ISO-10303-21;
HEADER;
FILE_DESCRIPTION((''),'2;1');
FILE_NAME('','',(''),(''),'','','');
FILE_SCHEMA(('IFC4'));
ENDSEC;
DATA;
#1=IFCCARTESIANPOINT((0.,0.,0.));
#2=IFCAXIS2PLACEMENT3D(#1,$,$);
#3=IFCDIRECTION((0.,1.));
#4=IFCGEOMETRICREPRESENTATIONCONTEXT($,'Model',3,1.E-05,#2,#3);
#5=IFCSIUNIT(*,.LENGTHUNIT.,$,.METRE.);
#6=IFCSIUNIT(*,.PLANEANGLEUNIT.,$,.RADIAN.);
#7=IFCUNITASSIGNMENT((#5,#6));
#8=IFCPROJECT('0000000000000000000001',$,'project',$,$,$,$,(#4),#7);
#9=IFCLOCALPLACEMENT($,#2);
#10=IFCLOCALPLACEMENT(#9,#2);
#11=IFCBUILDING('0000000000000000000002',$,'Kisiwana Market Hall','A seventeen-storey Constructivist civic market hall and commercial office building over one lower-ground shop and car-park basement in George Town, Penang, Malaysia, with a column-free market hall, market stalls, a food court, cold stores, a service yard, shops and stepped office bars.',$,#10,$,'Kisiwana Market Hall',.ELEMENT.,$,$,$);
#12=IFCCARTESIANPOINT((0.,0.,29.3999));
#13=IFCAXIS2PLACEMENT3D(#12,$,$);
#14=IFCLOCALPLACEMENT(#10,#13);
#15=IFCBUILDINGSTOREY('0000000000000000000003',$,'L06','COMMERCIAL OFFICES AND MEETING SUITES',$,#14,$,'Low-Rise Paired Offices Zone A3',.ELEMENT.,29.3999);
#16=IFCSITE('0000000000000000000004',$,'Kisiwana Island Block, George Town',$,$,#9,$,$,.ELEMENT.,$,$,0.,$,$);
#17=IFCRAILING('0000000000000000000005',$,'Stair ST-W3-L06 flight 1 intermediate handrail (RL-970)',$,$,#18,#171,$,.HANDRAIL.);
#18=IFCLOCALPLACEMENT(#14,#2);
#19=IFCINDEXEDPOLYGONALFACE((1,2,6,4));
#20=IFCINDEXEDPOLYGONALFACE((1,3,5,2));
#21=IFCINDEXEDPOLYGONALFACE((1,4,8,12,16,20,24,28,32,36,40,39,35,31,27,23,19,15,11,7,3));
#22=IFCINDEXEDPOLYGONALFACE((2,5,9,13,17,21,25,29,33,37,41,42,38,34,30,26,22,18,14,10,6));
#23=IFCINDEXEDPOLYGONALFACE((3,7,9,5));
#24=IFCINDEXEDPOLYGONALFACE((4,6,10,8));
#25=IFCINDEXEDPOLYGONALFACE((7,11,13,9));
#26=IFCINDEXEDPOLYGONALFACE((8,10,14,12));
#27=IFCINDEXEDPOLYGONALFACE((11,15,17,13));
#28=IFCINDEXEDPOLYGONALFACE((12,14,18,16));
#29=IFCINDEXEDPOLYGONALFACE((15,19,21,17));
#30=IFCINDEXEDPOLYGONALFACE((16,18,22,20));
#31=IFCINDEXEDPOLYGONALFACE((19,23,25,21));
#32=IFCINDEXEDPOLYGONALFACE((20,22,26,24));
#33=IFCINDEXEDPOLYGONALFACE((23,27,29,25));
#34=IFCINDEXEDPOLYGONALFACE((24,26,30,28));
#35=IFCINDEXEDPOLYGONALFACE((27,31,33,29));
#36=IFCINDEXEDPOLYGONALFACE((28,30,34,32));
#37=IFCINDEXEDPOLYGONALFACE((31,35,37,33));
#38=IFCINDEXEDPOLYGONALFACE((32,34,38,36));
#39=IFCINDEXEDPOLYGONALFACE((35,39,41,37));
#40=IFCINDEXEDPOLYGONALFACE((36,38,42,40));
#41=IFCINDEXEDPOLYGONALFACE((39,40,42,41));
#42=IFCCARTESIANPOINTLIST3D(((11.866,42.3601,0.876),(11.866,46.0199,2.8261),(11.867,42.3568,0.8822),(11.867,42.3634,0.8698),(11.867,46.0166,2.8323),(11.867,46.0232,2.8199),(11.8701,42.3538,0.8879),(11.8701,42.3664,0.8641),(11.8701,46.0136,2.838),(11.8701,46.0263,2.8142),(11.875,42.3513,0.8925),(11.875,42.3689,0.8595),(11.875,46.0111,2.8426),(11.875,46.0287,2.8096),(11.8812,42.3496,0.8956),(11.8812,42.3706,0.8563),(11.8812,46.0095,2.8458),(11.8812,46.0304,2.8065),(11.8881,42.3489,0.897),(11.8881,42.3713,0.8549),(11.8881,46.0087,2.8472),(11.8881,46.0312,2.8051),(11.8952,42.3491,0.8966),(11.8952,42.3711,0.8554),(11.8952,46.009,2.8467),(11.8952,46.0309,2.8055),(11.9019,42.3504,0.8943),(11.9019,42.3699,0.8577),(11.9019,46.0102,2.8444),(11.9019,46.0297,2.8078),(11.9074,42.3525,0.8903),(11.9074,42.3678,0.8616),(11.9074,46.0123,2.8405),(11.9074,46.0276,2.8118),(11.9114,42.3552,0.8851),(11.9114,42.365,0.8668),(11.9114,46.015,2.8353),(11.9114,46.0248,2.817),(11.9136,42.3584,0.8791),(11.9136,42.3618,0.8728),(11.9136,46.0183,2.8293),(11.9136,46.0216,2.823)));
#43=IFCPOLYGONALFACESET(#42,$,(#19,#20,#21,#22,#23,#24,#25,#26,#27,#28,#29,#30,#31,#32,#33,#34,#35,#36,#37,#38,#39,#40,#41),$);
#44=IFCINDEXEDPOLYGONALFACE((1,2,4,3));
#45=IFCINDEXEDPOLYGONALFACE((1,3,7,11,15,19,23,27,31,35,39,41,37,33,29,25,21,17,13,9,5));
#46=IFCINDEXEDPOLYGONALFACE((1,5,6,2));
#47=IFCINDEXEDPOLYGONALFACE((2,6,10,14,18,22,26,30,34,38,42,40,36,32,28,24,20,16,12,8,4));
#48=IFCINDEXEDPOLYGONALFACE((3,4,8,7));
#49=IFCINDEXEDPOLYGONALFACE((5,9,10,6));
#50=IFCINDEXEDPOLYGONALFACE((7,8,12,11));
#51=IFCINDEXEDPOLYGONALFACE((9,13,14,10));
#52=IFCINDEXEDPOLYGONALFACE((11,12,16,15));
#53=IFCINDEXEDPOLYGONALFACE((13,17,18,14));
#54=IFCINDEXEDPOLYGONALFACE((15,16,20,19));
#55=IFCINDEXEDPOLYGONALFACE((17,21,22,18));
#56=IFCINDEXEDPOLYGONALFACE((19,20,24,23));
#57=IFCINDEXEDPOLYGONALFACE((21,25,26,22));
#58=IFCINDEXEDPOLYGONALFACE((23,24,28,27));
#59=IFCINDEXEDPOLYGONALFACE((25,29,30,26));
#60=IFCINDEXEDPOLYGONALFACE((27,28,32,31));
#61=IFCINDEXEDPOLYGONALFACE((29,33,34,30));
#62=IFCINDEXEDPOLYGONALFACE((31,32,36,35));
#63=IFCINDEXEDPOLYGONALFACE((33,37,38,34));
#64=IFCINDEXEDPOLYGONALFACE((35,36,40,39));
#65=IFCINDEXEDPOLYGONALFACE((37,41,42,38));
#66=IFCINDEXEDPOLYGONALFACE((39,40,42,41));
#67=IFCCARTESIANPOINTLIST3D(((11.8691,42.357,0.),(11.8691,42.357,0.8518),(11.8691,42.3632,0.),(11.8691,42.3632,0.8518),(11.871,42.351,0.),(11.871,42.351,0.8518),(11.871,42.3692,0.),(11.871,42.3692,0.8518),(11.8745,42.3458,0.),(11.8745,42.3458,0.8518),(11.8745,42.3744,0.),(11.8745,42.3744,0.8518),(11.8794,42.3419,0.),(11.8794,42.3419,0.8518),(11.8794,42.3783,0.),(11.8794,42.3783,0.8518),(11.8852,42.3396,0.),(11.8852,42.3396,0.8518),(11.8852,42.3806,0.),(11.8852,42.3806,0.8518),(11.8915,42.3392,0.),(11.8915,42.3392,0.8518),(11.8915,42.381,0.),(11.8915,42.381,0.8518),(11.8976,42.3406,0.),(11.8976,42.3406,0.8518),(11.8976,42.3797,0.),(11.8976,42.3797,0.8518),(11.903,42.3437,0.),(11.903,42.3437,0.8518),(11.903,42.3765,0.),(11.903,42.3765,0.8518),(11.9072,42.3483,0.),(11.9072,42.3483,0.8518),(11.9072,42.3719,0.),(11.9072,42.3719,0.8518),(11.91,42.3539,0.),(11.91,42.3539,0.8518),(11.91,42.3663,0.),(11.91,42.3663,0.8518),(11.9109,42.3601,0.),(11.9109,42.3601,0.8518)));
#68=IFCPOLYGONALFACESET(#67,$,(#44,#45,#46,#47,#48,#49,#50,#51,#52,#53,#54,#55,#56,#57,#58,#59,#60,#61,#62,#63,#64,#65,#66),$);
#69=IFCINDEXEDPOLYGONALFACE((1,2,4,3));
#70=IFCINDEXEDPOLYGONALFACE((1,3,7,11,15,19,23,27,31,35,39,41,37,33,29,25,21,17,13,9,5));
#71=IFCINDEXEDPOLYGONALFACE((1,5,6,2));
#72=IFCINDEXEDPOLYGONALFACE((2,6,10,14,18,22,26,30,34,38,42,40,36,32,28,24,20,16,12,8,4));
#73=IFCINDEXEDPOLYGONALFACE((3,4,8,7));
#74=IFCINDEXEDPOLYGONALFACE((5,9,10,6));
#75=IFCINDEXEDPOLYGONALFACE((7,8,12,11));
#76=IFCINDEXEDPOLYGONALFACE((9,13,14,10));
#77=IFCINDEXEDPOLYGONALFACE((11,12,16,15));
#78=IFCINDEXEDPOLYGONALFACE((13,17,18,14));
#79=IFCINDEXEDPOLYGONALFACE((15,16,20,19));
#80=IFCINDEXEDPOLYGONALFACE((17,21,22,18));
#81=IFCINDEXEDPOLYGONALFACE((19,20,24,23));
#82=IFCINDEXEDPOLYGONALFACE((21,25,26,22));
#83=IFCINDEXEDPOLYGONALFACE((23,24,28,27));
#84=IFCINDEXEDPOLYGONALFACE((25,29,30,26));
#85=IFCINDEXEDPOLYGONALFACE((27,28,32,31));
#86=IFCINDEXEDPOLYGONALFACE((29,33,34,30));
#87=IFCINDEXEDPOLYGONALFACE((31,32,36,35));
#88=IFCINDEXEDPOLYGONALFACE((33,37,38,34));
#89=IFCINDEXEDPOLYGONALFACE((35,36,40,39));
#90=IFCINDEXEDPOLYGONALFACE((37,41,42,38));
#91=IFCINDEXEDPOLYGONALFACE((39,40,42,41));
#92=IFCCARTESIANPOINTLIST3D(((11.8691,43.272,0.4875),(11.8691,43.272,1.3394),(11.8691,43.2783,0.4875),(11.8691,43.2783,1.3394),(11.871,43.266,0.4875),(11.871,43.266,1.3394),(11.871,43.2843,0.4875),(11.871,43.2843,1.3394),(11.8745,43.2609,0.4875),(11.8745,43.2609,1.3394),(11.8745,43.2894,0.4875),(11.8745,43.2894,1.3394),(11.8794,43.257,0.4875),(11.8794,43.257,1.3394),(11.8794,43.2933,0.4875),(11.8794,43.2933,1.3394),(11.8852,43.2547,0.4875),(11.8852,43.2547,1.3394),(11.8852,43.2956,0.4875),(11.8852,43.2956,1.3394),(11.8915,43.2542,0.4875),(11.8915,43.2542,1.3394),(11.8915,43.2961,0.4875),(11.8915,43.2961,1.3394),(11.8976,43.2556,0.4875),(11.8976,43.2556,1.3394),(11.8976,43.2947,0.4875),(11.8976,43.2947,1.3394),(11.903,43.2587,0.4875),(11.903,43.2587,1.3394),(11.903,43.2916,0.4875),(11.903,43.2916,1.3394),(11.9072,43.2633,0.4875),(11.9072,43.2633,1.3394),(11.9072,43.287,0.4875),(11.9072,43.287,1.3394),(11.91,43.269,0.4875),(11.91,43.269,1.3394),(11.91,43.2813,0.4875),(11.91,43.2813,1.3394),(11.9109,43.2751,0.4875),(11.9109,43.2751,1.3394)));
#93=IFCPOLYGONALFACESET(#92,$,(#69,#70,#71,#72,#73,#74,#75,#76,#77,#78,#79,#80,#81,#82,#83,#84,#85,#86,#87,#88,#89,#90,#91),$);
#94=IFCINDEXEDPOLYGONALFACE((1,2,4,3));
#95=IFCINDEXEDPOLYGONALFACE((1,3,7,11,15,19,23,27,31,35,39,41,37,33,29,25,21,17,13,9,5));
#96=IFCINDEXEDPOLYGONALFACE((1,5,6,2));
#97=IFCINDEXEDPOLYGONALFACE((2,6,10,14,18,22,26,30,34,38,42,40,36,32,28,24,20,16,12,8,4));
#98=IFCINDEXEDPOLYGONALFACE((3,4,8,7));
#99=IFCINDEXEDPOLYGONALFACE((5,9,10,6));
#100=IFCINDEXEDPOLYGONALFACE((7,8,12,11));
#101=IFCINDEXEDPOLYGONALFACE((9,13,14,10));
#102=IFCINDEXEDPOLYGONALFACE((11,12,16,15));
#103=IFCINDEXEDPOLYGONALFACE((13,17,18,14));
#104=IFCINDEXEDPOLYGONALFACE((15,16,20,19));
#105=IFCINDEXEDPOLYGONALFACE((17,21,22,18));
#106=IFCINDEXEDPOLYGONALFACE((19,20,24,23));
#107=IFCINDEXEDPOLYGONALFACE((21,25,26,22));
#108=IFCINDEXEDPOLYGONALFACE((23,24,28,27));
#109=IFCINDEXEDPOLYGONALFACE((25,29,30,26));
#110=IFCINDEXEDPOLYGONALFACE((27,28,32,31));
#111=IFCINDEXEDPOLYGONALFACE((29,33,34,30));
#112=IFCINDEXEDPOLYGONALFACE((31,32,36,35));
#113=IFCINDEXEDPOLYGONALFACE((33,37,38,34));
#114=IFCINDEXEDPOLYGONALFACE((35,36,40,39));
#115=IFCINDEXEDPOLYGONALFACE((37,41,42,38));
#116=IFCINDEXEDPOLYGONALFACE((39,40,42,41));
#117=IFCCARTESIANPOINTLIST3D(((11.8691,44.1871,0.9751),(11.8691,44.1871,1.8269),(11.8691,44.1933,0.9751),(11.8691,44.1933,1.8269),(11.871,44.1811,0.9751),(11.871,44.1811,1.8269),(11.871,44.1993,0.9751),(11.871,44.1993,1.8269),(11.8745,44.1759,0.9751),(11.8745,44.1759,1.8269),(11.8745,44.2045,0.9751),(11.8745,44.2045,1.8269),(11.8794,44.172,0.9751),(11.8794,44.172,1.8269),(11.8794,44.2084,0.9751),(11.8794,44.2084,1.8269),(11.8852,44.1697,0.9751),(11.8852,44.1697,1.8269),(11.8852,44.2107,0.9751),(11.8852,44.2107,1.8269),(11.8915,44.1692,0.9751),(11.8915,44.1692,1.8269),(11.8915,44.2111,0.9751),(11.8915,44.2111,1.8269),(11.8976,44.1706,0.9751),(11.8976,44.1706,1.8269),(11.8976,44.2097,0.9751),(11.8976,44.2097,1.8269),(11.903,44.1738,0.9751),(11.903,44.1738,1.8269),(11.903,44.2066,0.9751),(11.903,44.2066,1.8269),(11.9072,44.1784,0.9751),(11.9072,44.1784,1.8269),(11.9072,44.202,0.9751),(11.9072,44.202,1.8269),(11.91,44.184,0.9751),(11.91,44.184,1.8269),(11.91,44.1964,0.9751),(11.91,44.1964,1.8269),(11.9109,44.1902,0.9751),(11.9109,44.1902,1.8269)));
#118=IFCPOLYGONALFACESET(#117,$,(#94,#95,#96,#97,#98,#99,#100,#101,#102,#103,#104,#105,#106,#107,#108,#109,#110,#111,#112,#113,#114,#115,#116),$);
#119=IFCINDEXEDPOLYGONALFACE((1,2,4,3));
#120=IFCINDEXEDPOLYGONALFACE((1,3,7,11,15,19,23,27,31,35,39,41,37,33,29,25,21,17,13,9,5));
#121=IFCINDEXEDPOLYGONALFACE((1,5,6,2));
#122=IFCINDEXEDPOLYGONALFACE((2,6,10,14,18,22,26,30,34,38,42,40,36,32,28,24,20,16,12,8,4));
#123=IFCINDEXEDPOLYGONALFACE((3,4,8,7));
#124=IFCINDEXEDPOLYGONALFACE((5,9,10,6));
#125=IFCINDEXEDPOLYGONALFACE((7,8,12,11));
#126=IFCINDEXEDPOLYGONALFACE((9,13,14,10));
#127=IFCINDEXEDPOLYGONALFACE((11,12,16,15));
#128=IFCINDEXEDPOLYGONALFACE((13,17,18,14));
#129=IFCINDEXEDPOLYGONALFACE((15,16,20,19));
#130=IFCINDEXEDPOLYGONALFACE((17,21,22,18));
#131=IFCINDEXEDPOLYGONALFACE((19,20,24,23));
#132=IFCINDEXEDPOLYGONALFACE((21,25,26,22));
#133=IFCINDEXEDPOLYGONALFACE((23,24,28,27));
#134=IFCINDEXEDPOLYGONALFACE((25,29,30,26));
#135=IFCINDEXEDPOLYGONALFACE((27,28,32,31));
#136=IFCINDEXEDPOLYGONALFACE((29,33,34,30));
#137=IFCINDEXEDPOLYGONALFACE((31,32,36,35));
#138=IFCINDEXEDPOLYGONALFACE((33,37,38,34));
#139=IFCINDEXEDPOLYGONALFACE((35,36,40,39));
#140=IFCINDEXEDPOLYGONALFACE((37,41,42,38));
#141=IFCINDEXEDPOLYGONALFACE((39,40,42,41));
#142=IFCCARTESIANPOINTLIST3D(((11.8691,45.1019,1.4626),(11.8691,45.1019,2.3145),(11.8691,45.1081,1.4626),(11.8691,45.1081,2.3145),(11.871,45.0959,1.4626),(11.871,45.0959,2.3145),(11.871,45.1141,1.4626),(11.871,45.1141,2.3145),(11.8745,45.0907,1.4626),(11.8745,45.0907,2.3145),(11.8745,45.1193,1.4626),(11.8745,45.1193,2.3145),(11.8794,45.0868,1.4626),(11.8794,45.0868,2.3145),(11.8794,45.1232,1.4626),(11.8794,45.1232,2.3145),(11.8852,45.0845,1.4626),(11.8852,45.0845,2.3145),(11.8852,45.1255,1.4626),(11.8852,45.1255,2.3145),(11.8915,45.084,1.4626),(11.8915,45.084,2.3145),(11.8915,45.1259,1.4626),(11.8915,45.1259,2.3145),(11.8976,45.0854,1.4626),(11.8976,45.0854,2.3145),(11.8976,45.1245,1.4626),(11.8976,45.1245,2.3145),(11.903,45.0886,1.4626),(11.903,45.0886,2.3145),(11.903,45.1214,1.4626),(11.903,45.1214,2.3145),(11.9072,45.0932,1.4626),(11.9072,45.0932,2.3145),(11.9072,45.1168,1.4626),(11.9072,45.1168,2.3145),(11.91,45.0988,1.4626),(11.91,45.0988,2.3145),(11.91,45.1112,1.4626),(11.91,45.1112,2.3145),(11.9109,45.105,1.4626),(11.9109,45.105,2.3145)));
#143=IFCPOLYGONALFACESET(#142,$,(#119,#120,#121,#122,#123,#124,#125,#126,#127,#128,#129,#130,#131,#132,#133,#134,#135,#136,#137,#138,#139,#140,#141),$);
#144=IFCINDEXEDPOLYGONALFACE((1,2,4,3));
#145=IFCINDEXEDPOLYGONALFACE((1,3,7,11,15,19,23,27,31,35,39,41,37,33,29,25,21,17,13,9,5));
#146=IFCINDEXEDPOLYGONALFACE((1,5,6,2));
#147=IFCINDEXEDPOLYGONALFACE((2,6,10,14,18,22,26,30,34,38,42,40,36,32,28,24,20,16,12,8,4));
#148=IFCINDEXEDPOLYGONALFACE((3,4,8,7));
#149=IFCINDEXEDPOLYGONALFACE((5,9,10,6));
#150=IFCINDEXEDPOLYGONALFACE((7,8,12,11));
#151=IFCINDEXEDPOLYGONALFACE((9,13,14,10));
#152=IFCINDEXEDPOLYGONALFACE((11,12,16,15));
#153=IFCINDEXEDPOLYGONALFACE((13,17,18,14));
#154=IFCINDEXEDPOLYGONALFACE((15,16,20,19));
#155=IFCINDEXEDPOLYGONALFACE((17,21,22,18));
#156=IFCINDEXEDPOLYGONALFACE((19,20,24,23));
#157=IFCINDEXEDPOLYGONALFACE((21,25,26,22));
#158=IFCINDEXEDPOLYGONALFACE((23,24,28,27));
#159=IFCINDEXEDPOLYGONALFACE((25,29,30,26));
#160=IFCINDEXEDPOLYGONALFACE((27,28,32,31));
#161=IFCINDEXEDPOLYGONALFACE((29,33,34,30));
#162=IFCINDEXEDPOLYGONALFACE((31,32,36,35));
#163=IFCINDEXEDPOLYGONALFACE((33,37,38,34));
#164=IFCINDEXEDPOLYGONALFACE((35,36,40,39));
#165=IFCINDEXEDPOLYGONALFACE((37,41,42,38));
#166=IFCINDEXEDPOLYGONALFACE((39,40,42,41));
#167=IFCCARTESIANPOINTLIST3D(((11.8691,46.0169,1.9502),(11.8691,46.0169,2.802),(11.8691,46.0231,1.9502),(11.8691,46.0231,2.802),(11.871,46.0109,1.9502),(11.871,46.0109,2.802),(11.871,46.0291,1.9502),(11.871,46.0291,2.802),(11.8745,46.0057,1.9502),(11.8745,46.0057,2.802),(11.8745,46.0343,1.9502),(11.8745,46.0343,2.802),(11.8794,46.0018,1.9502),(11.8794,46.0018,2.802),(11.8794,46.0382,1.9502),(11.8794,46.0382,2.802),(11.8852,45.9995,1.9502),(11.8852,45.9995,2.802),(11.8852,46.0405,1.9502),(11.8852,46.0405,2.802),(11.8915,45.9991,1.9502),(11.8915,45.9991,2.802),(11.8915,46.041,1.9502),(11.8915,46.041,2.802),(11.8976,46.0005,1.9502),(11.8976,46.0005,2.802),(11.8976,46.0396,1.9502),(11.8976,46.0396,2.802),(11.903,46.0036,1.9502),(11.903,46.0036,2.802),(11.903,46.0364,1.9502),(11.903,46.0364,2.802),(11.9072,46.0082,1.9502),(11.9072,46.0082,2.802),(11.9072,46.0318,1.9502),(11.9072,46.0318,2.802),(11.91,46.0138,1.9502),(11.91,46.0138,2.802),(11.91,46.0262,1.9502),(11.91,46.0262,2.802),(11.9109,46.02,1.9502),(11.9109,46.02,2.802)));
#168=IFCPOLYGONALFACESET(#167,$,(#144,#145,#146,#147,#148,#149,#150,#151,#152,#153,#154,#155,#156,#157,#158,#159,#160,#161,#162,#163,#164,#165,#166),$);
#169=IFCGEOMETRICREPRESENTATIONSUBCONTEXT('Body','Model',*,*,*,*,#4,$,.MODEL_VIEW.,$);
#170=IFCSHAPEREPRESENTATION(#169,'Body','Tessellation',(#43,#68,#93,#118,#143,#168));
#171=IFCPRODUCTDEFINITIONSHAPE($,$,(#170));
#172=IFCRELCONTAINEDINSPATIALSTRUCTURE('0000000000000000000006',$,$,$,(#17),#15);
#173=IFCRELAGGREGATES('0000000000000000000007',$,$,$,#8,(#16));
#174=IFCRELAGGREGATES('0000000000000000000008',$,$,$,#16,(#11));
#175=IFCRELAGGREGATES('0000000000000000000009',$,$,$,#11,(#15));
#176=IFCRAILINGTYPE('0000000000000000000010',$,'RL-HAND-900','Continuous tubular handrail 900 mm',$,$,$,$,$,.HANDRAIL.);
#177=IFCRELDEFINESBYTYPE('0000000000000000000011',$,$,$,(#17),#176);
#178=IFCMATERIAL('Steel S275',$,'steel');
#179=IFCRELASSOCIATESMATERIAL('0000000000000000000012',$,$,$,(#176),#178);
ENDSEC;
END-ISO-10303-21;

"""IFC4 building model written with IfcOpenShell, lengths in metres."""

from ifc_helpers import new_model, si_unit, direction, frame, origin, origin_2d, place, context, subcontext, project, spatial, circle, extrude, material, type_object, element, save


model = new_model("IFC4")

# Units and contexts
model_context = context("Model", 3, precision=1e-05, world=origin(), true_north=direction((0.0, 1.0)))
body_context = subcontext(model_context, "Body", "Model", "MODEL_VIEW")
ifc_project = project(units=[si_unit("LENGTHUNIT", "METRE"), si_unit("PLANEANGLEUNIT", "RADIAN")], contexts=[model_context])

# Site, building, storey
site_placement = place(None, origin())
site = spatial("IfcSite", under=ifc_project, at=site_placement, Name="Kisiwana Island Block, George Town", CompositionType="ELEMENT", RefElevation=0.0)
building_placement = place(site_placement, origin())
building = spatial("IfcBuilding", under=site, at=building_placement, Name="Kisiwana Market Hall", Description="A seventeen-storey Constructivist civic market hall and commercial office building over one lower-ground shop and car-park basement in George Town, Penang, Malaysia, with a column-free market hall, market stalls, a food court, cold stores, a service yard, shops and stepped office bars.", LongName="Kisiwana Market Hall", CompositionType="ELEMENT")
storey_placement = place(building_placement, frame((0.0, 0.0, 29.3999)))
storey = spatial("IfcBuildingStorey", under=building, at=storey_placement, Name="L06", Description="COMMERCIAL OFFICES AND MEETING SUITES", LongName="Low-Rise Paired Offices Zone A3", CompositionType="ELEMENT", Elevation=29.3999)

# Railing
ifc_material_1 = material(Name="Steel S275", Category="steel")
railing_type_1 = type_object("IfcRailingType", Name="RL-HAND-900", Description="Continuous tubular handrail 900 mm", PredefinedType="HANDRAIL", material=ifc_material_1)
for number, where, name in (
    (1, (11.8899, 42.3601, 0.0), "Stair ST-W3-L06 flight 1 intermediate handrail (RL-970)"),
):
    element("IfcRailing", number, at=place(storey_placement, frame(where)), inside=storey, type_object=railing_type_1, Name=name, PredefinedType="HANDRAIL", context=body_context, shape_type="SweptSolid", body=[
        extrude(circle(Radius=0.0239, at=origin_2d()), frame((0.0, 0.0, 0.876), z_axis=(0.0, 0.882529, 0.470258), x_axis=(-1.0, 0.0, 0.0)), (0.0, 0.0, 1.0), 4.147),
        extrude(circle(Radius=0.021, at=origin_2d()), origin(), (0.0, 0.0, 1.0), 0.8518),
        extrude(circle(Radius=0.021, at=origin_2d()), frame((0.0, 0.915, 0.4875)), (0.0, 0.0, 1.0), 0.8518),
        extrude(circle(Radius=0.021, at=origin_2d()), frame((0.0, 1.8301, 0.9751)), (0.0, 0.0, 1.0), 0.8518),
        extrude(circle(Radius=0.021, at=origin_2d()), frame((0.0, 2.7449, 1.4626)), (0.0, 0.0, 1.0), 0.8518),
        extrude(circle(Radius=0.021, at=origin_2d()), frame((0.0, 3.6599, 1.9502)), (0.0, 0.0, 1.0), 0.8518),
    ])

save(model, "model.ifc")
